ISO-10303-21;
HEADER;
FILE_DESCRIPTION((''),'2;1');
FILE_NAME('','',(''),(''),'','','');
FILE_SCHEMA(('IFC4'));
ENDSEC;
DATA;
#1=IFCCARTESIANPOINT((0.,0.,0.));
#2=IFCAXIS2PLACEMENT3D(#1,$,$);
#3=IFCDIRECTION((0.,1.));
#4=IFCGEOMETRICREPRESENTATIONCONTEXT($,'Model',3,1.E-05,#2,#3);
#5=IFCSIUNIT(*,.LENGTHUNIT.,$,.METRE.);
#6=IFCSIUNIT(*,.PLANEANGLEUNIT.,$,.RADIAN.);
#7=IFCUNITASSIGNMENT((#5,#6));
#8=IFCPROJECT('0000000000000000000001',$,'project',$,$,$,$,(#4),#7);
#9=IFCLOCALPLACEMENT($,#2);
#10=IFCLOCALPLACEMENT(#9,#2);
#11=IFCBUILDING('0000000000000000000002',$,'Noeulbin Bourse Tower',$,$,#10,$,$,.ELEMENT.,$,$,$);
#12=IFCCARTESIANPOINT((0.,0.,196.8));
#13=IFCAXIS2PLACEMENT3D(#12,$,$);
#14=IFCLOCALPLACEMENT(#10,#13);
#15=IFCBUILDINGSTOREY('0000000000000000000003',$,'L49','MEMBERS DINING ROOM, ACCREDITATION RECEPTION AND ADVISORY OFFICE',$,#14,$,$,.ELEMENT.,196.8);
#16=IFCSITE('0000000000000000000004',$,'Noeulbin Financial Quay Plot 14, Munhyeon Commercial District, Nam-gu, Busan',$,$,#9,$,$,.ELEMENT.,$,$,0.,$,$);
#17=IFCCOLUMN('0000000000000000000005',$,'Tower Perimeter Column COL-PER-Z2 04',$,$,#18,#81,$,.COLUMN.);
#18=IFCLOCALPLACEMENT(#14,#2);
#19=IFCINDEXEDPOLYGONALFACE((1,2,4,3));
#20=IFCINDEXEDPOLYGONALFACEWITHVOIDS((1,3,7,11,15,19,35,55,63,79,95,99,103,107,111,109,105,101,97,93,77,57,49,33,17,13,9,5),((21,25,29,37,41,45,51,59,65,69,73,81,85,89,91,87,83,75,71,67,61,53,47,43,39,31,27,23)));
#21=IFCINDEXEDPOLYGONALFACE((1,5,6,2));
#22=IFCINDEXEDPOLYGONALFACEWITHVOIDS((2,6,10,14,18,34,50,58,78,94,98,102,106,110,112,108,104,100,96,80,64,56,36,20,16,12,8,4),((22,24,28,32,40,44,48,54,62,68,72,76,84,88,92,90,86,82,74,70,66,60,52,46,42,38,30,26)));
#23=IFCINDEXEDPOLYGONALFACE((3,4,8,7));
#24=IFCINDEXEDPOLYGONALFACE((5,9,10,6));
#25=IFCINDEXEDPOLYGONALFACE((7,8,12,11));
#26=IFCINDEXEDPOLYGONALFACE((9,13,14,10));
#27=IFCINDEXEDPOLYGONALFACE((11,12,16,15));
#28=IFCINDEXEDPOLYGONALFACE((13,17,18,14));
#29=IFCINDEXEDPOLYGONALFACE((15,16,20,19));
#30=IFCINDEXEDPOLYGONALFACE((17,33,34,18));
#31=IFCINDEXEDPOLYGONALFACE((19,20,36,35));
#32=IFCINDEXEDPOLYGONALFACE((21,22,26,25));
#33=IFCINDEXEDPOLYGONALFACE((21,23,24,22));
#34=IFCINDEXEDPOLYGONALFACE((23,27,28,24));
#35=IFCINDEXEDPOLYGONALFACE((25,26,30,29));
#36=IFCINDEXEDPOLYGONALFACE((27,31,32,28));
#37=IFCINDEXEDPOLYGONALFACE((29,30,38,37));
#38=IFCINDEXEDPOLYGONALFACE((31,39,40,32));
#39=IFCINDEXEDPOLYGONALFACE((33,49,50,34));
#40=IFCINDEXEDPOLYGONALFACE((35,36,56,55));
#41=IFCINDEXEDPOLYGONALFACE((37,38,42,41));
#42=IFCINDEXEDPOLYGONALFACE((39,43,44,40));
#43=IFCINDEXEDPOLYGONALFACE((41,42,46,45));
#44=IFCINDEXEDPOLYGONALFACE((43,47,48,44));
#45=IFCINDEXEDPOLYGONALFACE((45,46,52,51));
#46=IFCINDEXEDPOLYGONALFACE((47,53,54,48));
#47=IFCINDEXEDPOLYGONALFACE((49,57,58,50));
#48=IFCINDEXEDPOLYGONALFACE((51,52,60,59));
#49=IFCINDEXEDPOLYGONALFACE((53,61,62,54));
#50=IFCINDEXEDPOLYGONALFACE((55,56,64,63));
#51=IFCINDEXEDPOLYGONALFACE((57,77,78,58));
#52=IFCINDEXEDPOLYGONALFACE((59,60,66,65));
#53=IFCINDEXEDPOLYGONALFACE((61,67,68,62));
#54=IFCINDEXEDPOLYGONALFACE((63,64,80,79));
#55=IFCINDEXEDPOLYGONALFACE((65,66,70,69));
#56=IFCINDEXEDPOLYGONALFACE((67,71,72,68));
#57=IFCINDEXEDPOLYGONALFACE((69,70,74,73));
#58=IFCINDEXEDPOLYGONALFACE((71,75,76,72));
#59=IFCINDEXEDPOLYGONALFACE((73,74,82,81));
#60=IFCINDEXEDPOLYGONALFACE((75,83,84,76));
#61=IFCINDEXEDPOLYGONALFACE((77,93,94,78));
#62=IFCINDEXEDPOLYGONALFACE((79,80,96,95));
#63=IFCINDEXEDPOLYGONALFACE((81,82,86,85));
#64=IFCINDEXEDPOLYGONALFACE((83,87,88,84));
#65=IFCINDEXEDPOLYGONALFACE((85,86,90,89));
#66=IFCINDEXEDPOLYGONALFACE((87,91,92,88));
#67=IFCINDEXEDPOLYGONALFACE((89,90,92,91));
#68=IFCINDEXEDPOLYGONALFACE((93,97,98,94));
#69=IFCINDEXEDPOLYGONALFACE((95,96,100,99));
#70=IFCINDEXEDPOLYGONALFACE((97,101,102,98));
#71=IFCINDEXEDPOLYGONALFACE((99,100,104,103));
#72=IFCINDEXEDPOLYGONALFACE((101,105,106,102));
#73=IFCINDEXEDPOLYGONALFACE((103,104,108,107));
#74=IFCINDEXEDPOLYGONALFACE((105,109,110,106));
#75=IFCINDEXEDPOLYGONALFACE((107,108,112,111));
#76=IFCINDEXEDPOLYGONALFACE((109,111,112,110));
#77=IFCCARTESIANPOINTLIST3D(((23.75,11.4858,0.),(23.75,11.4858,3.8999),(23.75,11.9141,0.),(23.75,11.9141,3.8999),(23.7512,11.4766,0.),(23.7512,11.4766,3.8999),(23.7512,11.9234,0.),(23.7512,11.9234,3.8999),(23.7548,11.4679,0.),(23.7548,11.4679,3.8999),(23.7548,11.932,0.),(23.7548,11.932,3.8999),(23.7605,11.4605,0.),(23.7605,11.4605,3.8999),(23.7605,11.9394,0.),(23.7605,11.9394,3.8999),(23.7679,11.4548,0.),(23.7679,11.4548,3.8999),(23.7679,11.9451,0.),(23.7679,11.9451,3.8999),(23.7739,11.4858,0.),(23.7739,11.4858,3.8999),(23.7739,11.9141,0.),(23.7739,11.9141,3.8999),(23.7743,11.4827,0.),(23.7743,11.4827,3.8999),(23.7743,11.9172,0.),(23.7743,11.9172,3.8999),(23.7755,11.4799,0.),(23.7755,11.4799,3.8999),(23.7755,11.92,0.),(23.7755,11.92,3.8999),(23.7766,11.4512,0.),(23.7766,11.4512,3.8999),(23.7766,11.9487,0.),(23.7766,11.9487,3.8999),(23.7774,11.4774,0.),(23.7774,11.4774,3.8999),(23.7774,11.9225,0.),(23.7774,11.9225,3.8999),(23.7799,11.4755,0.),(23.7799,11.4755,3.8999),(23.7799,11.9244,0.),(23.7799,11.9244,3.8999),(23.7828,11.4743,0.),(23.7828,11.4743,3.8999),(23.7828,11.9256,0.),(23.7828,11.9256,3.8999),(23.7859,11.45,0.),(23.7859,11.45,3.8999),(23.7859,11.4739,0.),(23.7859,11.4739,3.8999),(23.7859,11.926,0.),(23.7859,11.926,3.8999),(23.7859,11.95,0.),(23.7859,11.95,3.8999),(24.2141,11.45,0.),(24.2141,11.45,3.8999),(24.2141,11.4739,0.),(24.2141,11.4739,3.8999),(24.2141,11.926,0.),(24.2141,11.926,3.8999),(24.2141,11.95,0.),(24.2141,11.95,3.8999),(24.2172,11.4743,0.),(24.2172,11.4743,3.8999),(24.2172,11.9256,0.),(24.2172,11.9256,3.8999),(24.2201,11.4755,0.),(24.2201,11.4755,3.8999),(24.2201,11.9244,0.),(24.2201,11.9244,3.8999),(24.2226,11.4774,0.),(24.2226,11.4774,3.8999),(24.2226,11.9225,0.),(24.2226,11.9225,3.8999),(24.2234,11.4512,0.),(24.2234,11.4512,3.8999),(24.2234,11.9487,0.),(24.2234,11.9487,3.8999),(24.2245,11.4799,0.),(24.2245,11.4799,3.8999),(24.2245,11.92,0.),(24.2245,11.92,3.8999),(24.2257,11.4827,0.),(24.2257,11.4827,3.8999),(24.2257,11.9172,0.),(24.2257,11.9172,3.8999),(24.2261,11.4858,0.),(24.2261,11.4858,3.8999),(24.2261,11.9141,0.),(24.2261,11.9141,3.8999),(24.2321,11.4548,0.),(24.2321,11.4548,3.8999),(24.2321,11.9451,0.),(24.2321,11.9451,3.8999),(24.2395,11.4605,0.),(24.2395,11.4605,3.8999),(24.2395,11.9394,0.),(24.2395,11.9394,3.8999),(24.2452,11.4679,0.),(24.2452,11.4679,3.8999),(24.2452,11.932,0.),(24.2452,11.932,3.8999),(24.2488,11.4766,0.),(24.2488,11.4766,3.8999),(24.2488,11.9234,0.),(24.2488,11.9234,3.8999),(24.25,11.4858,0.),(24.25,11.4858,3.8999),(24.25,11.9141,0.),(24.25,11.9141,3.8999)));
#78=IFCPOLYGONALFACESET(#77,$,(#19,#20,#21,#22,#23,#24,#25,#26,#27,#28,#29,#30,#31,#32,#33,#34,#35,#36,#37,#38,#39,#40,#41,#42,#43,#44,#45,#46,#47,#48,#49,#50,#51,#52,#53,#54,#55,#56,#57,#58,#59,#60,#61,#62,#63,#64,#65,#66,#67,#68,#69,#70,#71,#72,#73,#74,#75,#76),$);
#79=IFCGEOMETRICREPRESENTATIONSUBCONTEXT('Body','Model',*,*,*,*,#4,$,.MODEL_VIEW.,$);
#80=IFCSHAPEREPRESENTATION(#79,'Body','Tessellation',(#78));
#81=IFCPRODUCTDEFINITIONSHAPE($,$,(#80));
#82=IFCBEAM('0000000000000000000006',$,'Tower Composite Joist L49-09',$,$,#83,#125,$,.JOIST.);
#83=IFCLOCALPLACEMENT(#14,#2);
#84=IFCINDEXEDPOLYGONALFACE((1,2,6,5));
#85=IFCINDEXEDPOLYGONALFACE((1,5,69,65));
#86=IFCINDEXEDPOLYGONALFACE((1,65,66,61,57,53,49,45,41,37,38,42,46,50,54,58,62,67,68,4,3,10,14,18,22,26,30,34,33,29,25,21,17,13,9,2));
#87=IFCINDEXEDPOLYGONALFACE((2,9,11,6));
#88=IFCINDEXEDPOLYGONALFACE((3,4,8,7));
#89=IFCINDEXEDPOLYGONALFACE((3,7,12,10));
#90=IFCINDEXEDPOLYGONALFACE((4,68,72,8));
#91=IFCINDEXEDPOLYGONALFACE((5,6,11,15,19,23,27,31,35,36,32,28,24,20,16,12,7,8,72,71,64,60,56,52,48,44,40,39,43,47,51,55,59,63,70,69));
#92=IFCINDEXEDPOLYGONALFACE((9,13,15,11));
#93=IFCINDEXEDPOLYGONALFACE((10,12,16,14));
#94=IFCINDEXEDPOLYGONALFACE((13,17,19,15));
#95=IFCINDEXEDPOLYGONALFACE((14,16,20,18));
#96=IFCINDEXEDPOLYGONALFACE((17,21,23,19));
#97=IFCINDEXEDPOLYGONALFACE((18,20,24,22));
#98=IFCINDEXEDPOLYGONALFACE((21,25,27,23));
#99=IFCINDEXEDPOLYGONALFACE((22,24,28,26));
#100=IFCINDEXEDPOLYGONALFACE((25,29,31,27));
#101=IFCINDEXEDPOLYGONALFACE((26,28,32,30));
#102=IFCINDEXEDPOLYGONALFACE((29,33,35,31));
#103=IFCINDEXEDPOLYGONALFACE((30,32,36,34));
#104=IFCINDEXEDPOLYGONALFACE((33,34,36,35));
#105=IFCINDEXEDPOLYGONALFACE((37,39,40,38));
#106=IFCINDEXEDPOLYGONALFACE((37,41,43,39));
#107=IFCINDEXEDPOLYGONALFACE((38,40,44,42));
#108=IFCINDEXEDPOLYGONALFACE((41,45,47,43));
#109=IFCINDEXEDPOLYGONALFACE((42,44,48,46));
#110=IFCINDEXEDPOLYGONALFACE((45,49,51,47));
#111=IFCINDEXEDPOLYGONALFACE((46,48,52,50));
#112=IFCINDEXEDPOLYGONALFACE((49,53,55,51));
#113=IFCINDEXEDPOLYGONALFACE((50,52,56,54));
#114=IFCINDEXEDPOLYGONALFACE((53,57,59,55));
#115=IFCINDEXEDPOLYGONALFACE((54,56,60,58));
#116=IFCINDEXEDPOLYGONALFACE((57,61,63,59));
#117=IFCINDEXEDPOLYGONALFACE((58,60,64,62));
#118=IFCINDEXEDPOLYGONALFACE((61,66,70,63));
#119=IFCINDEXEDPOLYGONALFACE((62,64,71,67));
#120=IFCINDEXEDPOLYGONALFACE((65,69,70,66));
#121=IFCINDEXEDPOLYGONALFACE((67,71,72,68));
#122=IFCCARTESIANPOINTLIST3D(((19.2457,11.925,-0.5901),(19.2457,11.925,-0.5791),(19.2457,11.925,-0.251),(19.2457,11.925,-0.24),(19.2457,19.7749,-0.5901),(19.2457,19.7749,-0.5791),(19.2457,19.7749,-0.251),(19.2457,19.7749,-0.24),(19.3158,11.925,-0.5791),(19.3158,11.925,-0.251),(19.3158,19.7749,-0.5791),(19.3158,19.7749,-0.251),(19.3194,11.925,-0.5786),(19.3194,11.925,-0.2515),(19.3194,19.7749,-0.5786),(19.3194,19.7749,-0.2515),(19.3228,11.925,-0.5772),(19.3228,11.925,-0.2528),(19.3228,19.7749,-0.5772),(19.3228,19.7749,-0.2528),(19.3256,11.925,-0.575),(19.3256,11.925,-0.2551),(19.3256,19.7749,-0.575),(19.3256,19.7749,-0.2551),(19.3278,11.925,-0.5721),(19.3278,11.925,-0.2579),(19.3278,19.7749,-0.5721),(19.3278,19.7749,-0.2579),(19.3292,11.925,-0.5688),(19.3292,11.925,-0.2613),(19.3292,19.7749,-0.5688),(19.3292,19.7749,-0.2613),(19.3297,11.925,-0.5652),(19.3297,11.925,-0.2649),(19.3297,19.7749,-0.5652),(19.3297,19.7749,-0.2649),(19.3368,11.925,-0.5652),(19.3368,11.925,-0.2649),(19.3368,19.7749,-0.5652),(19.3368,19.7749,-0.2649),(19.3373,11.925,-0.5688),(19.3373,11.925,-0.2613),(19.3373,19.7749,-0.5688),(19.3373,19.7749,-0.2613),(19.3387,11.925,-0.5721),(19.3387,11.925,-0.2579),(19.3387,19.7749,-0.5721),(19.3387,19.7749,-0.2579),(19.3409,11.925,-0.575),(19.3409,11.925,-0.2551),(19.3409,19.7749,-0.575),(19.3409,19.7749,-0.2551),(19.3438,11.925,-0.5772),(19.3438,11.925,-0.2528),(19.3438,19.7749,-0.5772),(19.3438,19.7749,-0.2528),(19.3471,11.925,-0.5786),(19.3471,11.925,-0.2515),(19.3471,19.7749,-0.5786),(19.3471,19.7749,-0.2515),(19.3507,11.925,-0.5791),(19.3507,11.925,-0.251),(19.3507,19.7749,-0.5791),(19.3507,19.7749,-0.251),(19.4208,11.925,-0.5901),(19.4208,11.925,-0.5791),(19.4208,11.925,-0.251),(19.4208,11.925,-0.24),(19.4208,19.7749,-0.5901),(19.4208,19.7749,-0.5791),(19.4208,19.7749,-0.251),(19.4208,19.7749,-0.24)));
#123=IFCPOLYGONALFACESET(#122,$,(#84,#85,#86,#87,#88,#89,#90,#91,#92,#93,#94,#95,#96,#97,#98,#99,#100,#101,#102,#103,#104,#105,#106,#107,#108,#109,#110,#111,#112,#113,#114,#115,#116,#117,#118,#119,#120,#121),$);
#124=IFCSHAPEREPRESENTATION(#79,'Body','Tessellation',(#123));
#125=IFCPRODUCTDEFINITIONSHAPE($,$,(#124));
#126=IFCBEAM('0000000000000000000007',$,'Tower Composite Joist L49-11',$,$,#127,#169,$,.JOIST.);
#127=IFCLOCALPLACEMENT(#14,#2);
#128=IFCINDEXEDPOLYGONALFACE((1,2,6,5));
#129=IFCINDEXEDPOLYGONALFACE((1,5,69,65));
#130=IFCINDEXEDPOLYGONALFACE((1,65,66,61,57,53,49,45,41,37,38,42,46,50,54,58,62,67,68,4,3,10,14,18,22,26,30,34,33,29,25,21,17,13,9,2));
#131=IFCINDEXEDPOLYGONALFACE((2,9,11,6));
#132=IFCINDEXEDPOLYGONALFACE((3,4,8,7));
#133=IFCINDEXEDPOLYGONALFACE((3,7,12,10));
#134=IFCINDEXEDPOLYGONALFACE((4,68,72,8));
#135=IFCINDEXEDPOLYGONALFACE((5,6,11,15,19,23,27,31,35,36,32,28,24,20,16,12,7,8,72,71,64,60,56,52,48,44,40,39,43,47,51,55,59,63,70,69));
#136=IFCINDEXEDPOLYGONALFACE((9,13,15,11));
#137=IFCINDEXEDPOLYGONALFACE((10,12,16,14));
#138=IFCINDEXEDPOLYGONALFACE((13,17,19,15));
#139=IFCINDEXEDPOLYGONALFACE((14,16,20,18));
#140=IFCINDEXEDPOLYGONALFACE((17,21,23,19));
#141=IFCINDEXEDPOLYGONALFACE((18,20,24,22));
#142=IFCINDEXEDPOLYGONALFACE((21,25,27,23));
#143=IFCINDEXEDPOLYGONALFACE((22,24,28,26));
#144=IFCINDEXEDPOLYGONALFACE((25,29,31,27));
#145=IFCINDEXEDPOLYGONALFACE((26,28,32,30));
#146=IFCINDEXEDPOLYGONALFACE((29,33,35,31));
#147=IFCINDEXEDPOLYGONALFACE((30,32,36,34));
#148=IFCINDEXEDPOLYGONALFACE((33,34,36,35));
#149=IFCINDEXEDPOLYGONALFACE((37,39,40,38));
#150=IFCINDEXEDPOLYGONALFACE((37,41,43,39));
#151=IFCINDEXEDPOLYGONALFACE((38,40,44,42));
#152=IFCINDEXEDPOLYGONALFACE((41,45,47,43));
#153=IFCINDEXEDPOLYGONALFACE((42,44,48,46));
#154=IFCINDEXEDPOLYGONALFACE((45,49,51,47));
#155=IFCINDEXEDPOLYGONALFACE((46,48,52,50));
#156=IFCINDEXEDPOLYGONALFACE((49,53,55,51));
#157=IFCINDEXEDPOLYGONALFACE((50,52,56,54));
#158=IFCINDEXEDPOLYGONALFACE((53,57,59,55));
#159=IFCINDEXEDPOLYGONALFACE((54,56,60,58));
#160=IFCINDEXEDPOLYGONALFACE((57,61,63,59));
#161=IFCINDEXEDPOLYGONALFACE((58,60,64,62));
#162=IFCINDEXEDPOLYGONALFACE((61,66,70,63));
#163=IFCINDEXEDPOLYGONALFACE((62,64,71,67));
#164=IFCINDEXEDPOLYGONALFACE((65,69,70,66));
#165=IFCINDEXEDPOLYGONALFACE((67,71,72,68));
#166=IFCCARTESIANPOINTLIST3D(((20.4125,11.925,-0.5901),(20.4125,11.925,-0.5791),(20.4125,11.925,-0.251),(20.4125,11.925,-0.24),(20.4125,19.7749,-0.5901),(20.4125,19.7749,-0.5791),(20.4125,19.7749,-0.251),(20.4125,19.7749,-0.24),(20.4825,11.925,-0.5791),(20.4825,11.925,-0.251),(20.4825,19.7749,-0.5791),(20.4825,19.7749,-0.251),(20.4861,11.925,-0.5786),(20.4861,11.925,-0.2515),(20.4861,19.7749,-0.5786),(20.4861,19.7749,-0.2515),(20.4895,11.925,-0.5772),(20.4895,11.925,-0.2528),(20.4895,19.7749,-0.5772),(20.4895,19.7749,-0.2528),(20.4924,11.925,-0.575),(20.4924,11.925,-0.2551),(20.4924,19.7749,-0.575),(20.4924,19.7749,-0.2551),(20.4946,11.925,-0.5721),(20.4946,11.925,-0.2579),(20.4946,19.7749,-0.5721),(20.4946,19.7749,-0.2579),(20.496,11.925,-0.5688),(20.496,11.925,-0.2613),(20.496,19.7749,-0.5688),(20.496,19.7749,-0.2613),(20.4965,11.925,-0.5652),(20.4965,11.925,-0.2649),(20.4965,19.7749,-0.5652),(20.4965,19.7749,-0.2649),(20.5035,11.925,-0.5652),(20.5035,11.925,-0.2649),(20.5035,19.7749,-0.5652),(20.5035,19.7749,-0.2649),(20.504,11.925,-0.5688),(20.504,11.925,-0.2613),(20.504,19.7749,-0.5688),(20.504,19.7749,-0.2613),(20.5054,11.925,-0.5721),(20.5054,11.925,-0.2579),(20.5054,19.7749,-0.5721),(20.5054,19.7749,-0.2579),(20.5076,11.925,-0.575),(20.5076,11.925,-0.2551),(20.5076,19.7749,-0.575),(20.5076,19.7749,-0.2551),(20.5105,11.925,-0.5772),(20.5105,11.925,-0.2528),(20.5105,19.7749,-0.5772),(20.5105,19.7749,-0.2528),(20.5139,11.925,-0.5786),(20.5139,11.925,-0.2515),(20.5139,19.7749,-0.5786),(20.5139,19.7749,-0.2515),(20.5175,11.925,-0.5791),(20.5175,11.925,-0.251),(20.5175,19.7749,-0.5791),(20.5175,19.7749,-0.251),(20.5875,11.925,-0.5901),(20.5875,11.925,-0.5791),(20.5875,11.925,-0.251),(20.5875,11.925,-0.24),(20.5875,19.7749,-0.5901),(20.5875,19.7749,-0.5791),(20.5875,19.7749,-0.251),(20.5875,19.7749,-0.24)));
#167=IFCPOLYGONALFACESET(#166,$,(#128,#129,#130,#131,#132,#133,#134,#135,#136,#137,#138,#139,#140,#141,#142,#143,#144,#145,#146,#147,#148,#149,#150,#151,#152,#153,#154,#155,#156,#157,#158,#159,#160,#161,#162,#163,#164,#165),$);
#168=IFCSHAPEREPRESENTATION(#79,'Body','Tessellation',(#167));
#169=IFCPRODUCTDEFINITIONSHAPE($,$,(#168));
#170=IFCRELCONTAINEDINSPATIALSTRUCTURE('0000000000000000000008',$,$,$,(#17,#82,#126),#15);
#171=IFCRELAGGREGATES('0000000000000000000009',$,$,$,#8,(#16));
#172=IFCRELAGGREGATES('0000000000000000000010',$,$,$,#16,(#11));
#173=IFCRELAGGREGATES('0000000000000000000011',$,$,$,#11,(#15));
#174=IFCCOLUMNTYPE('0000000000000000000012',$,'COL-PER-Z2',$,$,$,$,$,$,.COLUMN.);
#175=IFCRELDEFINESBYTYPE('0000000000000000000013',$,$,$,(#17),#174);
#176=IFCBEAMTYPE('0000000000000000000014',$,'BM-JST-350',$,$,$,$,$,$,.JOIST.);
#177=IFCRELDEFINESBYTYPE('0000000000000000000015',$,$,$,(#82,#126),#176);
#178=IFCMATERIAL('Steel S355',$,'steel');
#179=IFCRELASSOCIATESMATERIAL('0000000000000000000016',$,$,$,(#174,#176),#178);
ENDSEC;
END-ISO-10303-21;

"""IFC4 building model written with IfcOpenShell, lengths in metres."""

from ifc_helpers import new_model, si_unit, direction, frame, origin, origin_2d, place, context, subcontext, project, spatial, hollow_rectangle, i_section, extrude, material, material_profile, profile_set, type_object, element, save


model = new_model("IFC4")

# Units and contexts
model_context = context("Model", 3, precision=1e-05, world=origin(), true_north=direction((0.0, 1.0)))
body_context = subcontext(model_context, "Body", "Model", "MODEL_VIEW")
ifc_project = project(units=[si_unit("LENGTHUNIT", "METRE"), si_unit("PLANEANGLEUNIT", "RADIAN")], contexts=[model_context])

# Site, building, storey
site_placement = place(None, origin())
site = spatial("IfcSite", under=ifc_project, at=site_placement, Name="Noeulbin Financial Quay Plot 14, Munhyeon Commercial District, Nam-gu, Busan", CompositionType="ELEMENT", RefElevation=0.0)
building_placement = place(site_placement, origin())
building = spatial("IfcBuilding", under=site, at=building_placement, Name="Noeulbin Bourse Tower", CompositionType="ELEMENT")
storey_placement = place(building_placement, frame((0.0, 0.0, 196.8)))
storey = spatial("IfcBuildingStorey", under=building, at=storey_placement, Name="L49", Description="MEMBERS DINING ROOM, ACCREDITATION RECEPTION AND ADVISORY OFFICE", CompositionType="ELEMENT", Elevation=196.8)

# Column
ifc_material_1 = material(Name="Steel S355", Category="steel")
ifc_material_profile_1 = material_profile(ifc_material_1, hollow_rectangle(XDim=0.5, YDim=0.5, WallThickness=0.0239, InnerFilletRadius=0.012, OuterFilletRadius=0.0359, at=origin_2d()), Name="BOX-500x500x24", Category="LoadBearing")
ifc_profile_set_1 = profile_set([ifc_material_profile_1], Name="Steel S355")
column_type = type_object("IfcColumnType", Name="COL-PER-Z2", PredefinedType="COLUMN", material=ifc_profile_set_1)
column_placement = place(storey_placement, frame((24.0, 11.7, 0.0), z_axis=(0.0, 0.0, 1.0), x_axis=(1.0, 0.0, 0.0)))
element("IfcColumn", 1, at=column_placement, inside=storey, type_object=column_type, Name="Tower Perimeter Column COL-PER-Z2 04", PredefinedType="COLUMN", context=body_context, shape_type="SweptSolid", body=[
    extrude(hollow_rectangle(XDim=0.5, YDim=0.5, WallThickness=0.0239, InnerFilletRadius=0.012, OuterFilletRadius=0.0359, at=origin_2d()), origin(), (0.0, 0.0, 1.0), 3.8999),
])

# Beams
ifc_material_profile_2 = material_profile(ifc_material_1, i_section(OverallWidth=0.175, OverallDepth=0.3501, WebThickness=0.0071, FlangeThickness=0.011, FilletRadius=0.0139, at=origin_2d()), Name="H-350x175x7x11", Category="LoadBearing")
ifc_profile_set_2 = profile_set([ifc_material_profile_2], Name="Steel S355")
beam_type_1 = type_object("IfcBeamType", Name="BM-JST-350", PredefinedType="JOIST", material=ifc_profile_set_2)
for number, where, z_axis, x_axis, name in (
    (2, (19.3333, 11.925, -0.415), (0.0, 1.0, 0.0), (-1.0, 0.0, 0.0), "Tower Composite Joist L49-09"),
    (3, (20.5, 11.925, -0.415), (0.0, 1.0, 0.0), (-1.0, 0.0, 0.0), "Tower Composite Joist L49-11"),
):
    element("IfcBeam", number, at=place(storey_placement, frame(where, z_axis=z_axis, x_axis=x_axis)), inside=storey, type_object=beam_type_1, Name=name, PredefinedType="JOIST", context=body_context, shape_type="SweptSolid", body=[
        extrude(i_section(OverallWidth=0.175, OverallDepth=0.3501, WebThickness=0.0071, FlangeThickness=0.011, FilletRadius=0.0139, at=origin_2d()), origin(), (0.0, 0.0, 1.0), 7.8499),
    ])

save(model, "model.ifc")
